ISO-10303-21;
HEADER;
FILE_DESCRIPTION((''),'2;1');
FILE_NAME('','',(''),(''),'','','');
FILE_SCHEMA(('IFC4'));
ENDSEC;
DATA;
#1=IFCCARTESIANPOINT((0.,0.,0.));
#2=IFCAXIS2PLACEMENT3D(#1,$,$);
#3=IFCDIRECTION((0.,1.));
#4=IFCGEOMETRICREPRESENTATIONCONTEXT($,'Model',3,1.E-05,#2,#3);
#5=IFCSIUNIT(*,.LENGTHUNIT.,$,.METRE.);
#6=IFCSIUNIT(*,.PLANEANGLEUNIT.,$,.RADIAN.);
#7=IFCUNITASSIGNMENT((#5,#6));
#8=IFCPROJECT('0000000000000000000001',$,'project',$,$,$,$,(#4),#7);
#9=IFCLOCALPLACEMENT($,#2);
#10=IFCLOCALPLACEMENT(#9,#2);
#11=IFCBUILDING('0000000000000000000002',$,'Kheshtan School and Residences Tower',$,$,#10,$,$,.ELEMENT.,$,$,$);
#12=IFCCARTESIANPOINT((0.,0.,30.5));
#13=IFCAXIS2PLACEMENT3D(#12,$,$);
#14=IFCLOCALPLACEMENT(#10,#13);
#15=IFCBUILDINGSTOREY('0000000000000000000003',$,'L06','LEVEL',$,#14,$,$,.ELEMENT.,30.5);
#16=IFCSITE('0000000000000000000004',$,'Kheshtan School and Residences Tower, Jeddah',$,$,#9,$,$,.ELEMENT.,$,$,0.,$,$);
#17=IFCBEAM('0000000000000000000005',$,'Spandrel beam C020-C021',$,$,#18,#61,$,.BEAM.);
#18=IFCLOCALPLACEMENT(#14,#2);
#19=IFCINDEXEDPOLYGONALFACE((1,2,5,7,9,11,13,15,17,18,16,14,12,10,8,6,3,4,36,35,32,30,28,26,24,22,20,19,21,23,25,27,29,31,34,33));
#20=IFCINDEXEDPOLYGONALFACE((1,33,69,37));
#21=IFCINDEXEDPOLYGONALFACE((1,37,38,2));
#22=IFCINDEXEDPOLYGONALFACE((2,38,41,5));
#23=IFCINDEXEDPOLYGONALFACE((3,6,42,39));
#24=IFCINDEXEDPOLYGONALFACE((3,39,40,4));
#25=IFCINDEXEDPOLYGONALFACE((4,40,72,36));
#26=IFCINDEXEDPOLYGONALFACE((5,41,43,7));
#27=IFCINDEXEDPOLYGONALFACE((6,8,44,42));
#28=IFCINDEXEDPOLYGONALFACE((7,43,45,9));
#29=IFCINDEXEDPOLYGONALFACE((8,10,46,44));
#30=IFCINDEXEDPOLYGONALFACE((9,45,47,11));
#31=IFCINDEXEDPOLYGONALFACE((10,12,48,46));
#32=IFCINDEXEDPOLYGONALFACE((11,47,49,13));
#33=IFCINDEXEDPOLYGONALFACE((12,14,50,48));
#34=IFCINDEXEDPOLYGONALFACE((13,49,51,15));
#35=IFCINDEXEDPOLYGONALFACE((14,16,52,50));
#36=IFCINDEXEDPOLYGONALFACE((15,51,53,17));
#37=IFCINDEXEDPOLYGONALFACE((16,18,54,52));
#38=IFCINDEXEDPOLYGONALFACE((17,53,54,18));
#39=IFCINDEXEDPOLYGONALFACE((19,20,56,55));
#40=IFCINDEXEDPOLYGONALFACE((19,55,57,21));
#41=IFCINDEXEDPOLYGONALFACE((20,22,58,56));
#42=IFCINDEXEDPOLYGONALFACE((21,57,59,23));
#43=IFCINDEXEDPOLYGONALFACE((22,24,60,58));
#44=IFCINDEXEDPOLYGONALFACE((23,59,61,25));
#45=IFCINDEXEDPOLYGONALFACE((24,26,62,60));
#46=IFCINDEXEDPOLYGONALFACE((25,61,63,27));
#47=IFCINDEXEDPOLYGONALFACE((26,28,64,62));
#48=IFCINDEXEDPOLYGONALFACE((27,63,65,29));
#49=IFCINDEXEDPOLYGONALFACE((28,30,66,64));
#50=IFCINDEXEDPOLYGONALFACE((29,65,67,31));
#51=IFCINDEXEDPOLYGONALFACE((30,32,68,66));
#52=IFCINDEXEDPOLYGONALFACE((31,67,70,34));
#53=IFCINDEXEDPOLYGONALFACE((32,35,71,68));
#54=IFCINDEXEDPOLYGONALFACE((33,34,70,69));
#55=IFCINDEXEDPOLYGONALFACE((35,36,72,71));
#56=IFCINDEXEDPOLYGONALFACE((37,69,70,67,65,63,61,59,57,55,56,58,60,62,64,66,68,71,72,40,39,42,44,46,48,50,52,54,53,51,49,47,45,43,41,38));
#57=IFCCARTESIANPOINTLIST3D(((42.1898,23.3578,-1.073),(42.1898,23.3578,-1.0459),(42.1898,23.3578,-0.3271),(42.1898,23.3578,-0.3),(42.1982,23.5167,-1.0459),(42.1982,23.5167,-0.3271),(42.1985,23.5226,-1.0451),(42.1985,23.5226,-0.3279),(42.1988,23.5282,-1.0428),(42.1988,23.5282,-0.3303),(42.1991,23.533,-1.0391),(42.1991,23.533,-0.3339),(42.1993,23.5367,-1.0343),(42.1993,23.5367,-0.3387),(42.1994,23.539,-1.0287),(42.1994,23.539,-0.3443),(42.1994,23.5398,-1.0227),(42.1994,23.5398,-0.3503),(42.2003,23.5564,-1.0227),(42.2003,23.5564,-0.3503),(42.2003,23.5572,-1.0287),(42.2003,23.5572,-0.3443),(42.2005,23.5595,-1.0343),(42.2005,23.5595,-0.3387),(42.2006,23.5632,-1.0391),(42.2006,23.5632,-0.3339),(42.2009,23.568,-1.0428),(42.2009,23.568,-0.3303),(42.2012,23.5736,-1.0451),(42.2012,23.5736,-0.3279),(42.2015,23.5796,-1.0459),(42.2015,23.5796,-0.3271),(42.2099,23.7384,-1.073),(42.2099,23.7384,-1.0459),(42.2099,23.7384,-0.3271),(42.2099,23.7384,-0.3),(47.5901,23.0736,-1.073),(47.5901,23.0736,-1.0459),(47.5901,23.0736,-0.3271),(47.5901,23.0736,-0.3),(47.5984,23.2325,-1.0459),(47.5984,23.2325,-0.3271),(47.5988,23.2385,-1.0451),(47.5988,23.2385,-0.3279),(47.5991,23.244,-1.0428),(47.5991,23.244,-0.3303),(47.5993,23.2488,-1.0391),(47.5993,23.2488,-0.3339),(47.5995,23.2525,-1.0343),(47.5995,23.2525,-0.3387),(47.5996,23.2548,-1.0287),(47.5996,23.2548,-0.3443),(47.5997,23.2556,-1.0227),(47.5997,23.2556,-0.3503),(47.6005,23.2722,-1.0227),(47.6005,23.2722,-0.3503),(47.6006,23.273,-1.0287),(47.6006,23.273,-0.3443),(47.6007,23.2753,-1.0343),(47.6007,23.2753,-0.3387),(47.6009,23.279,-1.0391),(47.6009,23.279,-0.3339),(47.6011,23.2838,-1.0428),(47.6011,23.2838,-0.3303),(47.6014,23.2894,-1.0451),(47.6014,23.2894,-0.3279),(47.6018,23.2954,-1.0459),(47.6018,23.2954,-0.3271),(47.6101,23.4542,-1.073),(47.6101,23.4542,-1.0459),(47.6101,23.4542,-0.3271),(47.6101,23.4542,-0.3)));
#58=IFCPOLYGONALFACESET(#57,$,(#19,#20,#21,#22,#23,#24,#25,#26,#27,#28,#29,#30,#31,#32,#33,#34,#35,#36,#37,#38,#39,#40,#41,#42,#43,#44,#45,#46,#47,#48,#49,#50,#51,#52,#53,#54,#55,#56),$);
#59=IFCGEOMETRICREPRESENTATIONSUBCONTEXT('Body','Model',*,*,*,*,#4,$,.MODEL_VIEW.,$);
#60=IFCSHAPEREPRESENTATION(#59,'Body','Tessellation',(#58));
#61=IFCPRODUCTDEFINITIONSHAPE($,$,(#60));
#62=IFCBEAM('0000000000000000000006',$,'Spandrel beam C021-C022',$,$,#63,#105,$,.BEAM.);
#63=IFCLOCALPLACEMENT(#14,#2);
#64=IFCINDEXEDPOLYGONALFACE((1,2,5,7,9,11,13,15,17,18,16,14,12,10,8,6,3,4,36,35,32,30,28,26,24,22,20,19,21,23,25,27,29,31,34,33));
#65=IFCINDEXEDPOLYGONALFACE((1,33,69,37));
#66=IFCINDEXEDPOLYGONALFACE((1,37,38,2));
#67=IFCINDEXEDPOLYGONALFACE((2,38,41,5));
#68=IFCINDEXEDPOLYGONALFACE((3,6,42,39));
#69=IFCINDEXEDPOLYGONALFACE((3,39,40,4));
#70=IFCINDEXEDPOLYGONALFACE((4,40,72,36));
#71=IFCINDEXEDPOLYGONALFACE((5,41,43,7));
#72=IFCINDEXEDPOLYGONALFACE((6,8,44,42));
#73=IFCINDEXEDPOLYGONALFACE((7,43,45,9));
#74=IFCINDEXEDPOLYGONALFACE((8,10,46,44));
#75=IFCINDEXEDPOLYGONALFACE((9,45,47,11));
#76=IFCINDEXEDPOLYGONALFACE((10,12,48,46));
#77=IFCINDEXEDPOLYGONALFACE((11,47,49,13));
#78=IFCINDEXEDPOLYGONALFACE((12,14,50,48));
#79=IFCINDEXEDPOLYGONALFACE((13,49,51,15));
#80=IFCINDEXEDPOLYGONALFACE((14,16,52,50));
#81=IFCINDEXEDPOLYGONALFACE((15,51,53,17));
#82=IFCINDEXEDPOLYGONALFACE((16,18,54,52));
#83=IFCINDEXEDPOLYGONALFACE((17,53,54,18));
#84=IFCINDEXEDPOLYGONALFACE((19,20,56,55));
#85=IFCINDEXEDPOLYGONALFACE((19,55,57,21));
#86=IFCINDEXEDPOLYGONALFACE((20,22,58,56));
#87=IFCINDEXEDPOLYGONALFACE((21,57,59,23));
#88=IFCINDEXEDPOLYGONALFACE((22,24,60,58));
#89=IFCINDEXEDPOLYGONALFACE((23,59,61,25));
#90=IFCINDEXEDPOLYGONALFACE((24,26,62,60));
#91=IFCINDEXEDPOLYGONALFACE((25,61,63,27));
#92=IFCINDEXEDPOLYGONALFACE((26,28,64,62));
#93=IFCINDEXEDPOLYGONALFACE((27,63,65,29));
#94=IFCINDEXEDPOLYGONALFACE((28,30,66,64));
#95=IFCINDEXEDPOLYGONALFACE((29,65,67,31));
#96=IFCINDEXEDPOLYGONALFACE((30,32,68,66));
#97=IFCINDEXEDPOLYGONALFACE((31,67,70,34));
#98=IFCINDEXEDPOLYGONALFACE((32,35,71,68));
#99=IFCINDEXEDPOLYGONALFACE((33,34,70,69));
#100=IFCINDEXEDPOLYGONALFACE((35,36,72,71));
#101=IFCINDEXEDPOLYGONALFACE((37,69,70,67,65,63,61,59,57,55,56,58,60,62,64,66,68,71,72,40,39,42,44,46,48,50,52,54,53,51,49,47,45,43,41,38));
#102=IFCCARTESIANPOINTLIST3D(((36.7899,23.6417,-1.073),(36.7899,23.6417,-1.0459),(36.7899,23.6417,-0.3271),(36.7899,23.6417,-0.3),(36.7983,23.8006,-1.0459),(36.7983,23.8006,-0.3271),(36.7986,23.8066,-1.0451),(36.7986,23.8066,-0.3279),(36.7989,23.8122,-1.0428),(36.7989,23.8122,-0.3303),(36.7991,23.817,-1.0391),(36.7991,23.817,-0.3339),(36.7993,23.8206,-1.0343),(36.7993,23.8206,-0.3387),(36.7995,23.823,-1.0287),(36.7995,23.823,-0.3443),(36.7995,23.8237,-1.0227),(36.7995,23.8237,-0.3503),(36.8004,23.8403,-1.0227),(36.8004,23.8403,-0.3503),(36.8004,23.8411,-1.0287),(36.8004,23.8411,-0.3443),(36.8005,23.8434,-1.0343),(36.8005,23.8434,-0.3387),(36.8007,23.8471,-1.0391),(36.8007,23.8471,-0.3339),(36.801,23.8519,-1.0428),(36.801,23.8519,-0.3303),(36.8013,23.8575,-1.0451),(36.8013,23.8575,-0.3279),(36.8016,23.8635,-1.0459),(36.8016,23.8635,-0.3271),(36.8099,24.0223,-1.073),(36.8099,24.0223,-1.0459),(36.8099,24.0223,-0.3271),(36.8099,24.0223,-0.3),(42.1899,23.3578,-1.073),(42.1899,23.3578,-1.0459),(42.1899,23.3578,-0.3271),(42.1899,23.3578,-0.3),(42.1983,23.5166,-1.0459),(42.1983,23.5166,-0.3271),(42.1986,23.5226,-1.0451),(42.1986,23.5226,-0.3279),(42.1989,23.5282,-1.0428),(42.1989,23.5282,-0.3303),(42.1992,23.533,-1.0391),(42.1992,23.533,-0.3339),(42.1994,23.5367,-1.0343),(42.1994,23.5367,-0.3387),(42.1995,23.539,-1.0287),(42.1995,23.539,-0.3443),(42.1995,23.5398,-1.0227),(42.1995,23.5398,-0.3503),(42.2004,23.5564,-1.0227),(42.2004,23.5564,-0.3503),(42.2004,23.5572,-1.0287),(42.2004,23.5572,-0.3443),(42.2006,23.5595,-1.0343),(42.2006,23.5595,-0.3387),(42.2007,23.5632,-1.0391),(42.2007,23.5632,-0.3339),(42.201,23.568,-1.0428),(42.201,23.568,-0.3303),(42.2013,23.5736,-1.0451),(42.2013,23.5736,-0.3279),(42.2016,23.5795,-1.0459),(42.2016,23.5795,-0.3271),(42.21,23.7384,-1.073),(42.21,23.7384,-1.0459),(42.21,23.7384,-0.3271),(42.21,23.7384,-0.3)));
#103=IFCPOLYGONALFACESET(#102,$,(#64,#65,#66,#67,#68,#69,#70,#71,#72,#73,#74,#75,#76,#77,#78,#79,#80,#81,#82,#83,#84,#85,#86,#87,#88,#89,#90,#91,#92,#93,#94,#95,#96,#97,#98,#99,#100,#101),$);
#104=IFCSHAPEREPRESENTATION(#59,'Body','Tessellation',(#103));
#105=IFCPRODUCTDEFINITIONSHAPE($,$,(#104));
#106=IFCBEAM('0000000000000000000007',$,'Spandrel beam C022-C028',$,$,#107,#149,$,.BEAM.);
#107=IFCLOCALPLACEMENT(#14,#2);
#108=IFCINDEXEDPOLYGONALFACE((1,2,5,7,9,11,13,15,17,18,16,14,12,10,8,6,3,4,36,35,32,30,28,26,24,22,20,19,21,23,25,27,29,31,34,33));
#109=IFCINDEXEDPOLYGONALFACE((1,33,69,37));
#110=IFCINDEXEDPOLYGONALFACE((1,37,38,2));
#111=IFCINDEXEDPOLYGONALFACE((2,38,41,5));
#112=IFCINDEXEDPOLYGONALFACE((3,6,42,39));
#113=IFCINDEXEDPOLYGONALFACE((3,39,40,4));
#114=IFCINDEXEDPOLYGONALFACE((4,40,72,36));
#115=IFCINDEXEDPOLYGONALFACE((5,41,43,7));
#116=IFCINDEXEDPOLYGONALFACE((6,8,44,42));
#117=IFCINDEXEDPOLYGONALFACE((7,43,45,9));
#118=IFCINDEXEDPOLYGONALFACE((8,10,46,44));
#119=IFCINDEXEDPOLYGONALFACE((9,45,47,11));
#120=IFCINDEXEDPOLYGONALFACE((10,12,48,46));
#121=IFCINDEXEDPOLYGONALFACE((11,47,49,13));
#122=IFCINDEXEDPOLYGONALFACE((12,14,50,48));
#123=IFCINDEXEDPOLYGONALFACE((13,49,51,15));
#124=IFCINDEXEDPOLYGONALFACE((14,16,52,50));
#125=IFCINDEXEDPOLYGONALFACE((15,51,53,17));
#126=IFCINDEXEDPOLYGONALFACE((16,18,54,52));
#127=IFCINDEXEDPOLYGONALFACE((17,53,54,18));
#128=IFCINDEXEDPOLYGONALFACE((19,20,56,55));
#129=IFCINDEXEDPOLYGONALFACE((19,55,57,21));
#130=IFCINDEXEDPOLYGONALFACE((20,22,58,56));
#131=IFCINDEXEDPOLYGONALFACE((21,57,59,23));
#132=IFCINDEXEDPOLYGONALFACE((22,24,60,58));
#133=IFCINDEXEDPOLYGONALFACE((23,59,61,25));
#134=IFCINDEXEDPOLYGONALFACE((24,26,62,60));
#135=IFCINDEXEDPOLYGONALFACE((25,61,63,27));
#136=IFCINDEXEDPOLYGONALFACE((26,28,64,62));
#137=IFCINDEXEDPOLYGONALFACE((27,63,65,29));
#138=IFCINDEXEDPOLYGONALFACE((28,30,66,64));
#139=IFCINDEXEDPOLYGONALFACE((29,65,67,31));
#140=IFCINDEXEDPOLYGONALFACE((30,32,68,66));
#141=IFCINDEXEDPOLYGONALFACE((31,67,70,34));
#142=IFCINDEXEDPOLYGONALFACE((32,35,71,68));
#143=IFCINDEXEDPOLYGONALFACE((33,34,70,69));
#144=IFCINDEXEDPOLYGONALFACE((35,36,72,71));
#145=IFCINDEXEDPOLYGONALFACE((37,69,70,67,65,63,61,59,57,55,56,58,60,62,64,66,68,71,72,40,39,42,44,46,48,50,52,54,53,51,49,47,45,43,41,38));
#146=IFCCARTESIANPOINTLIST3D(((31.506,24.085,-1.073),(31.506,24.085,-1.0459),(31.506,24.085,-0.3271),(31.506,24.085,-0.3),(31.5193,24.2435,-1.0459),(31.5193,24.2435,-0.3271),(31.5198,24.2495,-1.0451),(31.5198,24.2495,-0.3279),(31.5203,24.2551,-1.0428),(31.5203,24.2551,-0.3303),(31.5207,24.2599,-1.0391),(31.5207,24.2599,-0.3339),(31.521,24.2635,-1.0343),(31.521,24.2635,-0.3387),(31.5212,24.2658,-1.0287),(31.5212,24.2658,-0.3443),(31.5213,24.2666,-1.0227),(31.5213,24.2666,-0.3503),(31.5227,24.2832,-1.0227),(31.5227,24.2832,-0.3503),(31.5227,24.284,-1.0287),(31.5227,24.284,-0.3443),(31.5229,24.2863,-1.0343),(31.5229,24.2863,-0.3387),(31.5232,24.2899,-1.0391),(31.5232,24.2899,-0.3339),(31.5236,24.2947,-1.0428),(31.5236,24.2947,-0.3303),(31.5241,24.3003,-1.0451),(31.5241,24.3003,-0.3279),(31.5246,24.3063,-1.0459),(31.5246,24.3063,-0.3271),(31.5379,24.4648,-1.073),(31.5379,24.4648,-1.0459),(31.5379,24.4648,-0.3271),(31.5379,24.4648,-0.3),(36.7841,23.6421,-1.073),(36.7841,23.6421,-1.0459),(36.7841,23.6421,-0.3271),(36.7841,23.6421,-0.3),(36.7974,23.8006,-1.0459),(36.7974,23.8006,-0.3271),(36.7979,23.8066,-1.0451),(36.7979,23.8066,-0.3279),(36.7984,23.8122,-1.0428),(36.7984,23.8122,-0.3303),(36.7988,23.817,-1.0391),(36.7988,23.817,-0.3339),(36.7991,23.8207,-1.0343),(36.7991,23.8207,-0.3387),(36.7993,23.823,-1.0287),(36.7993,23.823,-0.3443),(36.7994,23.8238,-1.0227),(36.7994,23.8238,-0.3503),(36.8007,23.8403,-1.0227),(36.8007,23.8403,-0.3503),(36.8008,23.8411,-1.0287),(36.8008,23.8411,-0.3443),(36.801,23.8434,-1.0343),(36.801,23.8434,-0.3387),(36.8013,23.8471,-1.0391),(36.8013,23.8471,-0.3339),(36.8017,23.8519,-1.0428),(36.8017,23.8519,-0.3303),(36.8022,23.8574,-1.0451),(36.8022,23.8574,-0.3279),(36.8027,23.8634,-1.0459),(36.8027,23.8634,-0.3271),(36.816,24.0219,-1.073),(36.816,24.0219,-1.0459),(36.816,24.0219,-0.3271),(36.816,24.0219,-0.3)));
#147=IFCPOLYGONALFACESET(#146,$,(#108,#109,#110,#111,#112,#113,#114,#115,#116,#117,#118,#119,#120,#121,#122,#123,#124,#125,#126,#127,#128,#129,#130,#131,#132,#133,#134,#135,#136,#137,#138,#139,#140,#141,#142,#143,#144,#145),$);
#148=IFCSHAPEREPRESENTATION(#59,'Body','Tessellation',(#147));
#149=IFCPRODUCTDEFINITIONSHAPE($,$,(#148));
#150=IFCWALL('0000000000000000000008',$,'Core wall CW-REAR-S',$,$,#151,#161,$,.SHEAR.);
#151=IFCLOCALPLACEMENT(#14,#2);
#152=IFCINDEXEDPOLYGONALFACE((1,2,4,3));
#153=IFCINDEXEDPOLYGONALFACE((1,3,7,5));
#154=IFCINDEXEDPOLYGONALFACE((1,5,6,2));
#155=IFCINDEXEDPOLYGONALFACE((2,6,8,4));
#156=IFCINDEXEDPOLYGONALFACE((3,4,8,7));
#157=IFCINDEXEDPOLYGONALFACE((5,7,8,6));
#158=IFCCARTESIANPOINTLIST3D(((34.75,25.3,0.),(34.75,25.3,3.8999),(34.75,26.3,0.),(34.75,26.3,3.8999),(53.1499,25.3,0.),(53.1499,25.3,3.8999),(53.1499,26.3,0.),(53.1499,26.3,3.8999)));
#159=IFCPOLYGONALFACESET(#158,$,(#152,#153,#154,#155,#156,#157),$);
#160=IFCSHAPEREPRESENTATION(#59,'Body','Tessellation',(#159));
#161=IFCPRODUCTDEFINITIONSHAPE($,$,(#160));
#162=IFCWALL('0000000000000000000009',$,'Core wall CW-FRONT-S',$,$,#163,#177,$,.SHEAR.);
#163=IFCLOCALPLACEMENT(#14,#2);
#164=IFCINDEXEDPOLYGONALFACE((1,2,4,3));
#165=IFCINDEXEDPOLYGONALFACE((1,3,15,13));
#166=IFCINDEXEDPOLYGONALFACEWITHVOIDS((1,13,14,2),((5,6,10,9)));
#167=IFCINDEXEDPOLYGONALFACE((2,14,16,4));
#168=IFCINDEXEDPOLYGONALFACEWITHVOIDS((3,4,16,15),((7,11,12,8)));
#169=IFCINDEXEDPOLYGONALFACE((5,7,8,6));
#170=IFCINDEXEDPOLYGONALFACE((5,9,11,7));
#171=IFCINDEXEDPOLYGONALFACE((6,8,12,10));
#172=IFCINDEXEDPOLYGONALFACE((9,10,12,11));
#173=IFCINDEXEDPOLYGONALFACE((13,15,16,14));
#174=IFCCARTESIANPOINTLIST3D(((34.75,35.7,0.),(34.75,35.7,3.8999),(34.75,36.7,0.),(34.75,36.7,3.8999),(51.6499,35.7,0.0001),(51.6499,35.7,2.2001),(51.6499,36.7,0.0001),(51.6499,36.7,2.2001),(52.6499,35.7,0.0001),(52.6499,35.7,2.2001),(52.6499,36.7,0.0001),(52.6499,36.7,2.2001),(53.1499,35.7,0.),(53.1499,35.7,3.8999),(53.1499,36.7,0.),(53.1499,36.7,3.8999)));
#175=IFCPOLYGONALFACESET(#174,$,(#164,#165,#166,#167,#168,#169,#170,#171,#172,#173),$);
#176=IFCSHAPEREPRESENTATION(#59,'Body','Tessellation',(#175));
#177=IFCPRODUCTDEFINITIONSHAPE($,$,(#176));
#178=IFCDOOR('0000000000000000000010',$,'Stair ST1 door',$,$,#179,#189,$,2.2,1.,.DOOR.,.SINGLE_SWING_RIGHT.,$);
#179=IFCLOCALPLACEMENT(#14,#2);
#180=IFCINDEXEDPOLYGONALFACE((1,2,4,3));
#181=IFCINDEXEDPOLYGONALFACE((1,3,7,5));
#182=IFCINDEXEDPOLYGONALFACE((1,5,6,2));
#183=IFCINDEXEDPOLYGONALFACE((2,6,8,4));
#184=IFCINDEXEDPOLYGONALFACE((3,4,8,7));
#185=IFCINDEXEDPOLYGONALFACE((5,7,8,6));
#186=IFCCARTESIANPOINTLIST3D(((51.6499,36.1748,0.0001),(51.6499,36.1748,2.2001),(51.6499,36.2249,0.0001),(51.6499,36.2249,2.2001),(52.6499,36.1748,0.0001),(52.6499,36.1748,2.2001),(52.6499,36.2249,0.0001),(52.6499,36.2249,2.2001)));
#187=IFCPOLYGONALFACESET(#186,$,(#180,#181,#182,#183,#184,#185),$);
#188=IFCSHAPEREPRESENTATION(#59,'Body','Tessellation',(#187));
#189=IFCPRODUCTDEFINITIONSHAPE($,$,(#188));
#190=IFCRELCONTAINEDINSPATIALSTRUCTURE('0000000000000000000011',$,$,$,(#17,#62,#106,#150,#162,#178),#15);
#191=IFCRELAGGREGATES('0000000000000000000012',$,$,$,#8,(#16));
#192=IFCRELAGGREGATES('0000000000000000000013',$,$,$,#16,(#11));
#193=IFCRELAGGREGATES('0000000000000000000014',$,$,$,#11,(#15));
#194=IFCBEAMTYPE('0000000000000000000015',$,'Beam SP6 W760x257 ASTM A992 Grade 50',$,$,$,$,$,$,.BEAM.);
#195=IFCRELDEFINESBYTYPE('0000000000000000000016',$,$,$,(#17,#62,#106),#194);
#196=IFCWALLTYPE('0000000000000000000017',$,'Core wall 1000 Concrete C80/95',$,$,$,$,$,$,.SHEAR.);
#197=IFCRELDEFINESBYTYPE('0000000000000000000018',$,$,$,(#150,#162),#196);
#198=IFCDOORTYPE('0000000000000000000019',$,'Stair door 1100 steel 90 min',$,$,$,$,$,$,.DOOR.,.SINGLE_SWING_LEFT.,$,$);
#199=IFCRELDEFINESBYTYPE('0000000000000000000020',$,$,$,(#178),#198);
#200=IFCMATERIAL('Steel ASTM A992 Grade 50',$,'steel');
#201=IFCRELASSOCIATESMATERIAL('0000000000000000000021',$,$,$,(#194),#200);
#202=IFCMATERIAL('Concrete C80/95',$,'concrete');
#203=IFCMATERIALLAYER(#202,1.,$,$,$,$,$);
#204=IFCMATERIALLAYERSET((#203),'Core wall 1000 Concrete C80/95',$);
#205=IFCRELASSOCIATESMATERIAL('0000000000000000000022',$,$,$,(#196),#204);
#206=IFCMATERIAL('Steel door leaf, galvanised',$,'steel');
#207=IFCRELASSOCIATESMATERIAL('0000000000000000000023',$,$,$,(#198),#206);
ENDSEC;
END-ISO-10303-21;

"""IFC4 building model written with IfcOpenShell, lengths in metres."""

from ifc_helpers import new_model, si_unit, direction, frame, frame_2d, origin, origin_2d, place, context, subcontext, project, spatial, rectangle, i_section, extrude, source, transform, mapped, material, layer, layer_set, material_profile, profile_set, type_object, element, fill, save


model = new_model("IFC4")

# Units and contexts
model_context = context("Model", 3, precision=1e-05, world=origin(), true_north=direction((0.0, 1.0)))
body_context = subcontext(model_context, "Body", "Model", "MODEL_VIEW")
ifc_project = project(units=[si_unit("LENGTHUNIT", "METRE"), si_unit("PLANEANGLEUNIT", "RADIAN")], contexts=[model_context])

# Site, building, storey
site_placement = place(None, origin())
site = spatial("IfcSite", under=ifc_project, at=site_placement, Name="Kheshtan School and Residences Tower, Jeddah", CompositionType="ELEMENT", RefElevation=0.0)
building_placement = place(site_placement, origin())
building = spatial("IfcBuilding", under=site, at=building_placement, Name="Kheshtan School and Residences Tower", CompositionType="ELEMENT")
storey_placement = place(building_placement, frame((0.0, 0.0, 30.5)))
storey = spatial("IfcBuildingStorey", under=building, at=storey_placement, Name="L06", Description="LEVEL", CompositionType="ELEMENT", Elevation=30.5)

# Shared definitions
ifc_material_1 = material(Name="Steel ASTM A992 Grade 50", Category="steel")

# Beams
ifc_material_profile_1 = material_profile(ifc_material_1, i_section(OverallWidth=0.3811, OverallDepth=0.7729, WebThickness=0.0166, FlangeThickness=0.0271, FilletRadius=0.0232, at=origin_2d()), Name="W760x257")
ifc_profile_set_1 = profile_set([ifc_material_profile_1], Name="Steel ASTM A992 Grade 50")
beam_type_1 = type_object("IfcBeamType", Name="Beam SP6 W760x257 ASTM A992 Grade 50", PredefinedType="BEAM", material=ifc_profile_set_1)
beam_1_placement = place(storey_placement, frame((47.6001, 23.2639, -0.6865), z_axis=(-0.998618, 0.052552, 0.0), x_axis=(-0.052552, -0.998618, 0.0)))
element("IfcBeam", 1, at=beam_1_placement, inside=storey, type_object=beam_type_1, Name="Spandrel beam C020-C021", PredefinedType="BEAM", context=body_context, shape_type="SweptSolid", body=[
    extrude(i_section(OverallWidth=0.3811, OverallDepth=0.7729, WebThickness=0.0166, FlangeThickness=0.0271, FilletRadius=0.0232, at=origin_2d()), origin(), (0.0, 0.0, 1.0), 5.4077),
])
beam_2_placement = place(storey_placement, frame((42.2, 23.5481, -0.6865), z_axis=(-0.99862, 0.052509, 0.0), x_axis=(-0.052509, -0.99862, 0.0)))
element("IfcBeam", 2, at=beam_2_placement, inside=storey, type_object=beam_type_1, Name="Spandrel beam C021-C022", PredefinedType="BEAM", context=body_context, shape_type="SweptSolid", body=[
    extrude(i_section(OverallWidth=0.3811, OverallDepth=0.7729, WebThickness=0.0166, FlangeThickness=0.0271, FilletRadius=0.0232, at=origin_2d()), origin(), (0.0, 0.0, 1.0), 5.4075),
])
beam_3_placement = place(storey_placement, frame((36.8, 23.832, -0.6865), z_axis=(-0.996498, 0.083614, 0.0), x_axis=(-0.083614, -0.996498, 0.0)))
element("IfcBeam", 3, at=beam_3_placement, inside=storey, type_object=beam_type_1, Name="Spandrel beam C022-C028", PredefinedType="BEAM", context=body_context, shape_type="SweptSolid", body=[
    extrude(i_section(OverallWidth=0.3811, OverallDepth=0.7729, WebThickness=0.0166, FlangeThickness=0.0271, FilletRadius=0.0232, at=origin_2d()), origin(), (0.0, 0.0, 1.0), 5.2966),
])

# Wall
ifc_material_2 = material(Name="Concrete C80/95", Category="concrete")
ifc_layer_1 = layer(ifc_material_2, 1.0)
ifc_layer_set_1 = layer_set([ifc_layer_1], Name="Core wall 1000 Concrete C80/95")
wall_type_1 = type_object("IfcWallType", Name="Core wall 1000 Concrete C80/95", PredefinedType="SHEAR", material=ifc_layer_set_1)
wall_1_placement = place(storey_placement, frame((34.75, 25.8, 0.0), z_axis=(0.0, 0.0, 1.0), x_axis=(1.0, 0.0, 0.0)))
element("IfcWall", 4, at=wall_1_placement, inside=storey, type_object=wall_type_1, Name="Core wall CW-REAR-S", PredefinedType="SHEAR", context=body_context, shape_type="SweptSolid", body=[
    extrude(rectangle(XDim=18.3999, YDim=1.0, at=frame_2d((9.2, 0.0))), origin(), (0.0, 0.0, 1.0), 3.8999),
])

# Wall, opening, door
wall_2_placement = place(storey_placement, frame((34.75, 36.2, 0.0), z_axis=(0.0, 0.0, 1.0), x_axis=(1.0, 0.0, 0.0)))
wall_2 = element("IfcWall", 5, at=wall_2_placement, inside=storey, type_object=wall_type_1, Name="Core wall CW-FRONT-S", PredefinedType="SHEAR", context=body_context, shape_type="SweptSolid", body=[
    extrude(rectangle(XDim=18.3999, YDim=1.0, at=frame_2d((9.2, 0.0))), origin(), (0.0, 0.0, 1.0), 3.8999),
])
opening_1_placement = place(wall_2_placement, frame((16.8999, 0.0, 0.0)))
opening_1 = element("IfcOpeningElement", 6, at=opening_1_placement, cuts=wall_2, PredefinedType="OPENING", context=body_context, shape_type="SweptSolid", body=[
    extrude(rectangle(XDim=1.0, YDim=2.2, at=frame_2d((0.5, 1.1001))), frame((0.0, 0.51, 0.0), z_axis=(0.0, -1.0, 0.0), x_axis=(1.0, 0.0, 0.0)), (0.0, 0.0, 1.0), 1.02),
])
ifc_material_3 = material(Name="Steel door leaf, galvanised", Category="steel")
door_type_1 = type_object("IfcDoorType", Name="Stair door 1100 steel 90 min", OperationType="SINGLE_SWING_LEFT", PredefinedType="DOOR", material=ifc_material_3)
shared_shape_1 = source(origin(), body_context, "Body", "SweptSolid", [
    extrude(rectangle(XDim=1.0, YDim=2.2, at=frame_2d((0.5, 1.1001))), frame((0.0, 0.0249, 0.0), z_axis=(0.0, -1.0, 0.0), x_axis=(1.0, 0.0, 0.0)), (0.0, 0.0, 1.0), 0.05),
])
door_1_placement = place(opening_1_placement, origin())
door_1 = element("IfcDoor", 7, at=door_1_placement, inside=storey, type_object=door_type_1, Name="Stair ST1 door", OperationType="SINGLE_SWING_RIGHT", OverallHeight=2.2, OverallWidth=1.0, PredefinedType="DOOR", context=body_context, shape_type="MappedRepresentation", body=[
    mapped(shared_shape_1, transform((0.0, 0.0, 0.0), x_axis=(1.0, 0.0, 0.0), y_axis=(0.0, 1.0, 0.0), z_axis=(0.0, 0.0, 1.0), scale=1.0)),
])
fill(opening_1, door_1)

save(model, "model.ifc")
